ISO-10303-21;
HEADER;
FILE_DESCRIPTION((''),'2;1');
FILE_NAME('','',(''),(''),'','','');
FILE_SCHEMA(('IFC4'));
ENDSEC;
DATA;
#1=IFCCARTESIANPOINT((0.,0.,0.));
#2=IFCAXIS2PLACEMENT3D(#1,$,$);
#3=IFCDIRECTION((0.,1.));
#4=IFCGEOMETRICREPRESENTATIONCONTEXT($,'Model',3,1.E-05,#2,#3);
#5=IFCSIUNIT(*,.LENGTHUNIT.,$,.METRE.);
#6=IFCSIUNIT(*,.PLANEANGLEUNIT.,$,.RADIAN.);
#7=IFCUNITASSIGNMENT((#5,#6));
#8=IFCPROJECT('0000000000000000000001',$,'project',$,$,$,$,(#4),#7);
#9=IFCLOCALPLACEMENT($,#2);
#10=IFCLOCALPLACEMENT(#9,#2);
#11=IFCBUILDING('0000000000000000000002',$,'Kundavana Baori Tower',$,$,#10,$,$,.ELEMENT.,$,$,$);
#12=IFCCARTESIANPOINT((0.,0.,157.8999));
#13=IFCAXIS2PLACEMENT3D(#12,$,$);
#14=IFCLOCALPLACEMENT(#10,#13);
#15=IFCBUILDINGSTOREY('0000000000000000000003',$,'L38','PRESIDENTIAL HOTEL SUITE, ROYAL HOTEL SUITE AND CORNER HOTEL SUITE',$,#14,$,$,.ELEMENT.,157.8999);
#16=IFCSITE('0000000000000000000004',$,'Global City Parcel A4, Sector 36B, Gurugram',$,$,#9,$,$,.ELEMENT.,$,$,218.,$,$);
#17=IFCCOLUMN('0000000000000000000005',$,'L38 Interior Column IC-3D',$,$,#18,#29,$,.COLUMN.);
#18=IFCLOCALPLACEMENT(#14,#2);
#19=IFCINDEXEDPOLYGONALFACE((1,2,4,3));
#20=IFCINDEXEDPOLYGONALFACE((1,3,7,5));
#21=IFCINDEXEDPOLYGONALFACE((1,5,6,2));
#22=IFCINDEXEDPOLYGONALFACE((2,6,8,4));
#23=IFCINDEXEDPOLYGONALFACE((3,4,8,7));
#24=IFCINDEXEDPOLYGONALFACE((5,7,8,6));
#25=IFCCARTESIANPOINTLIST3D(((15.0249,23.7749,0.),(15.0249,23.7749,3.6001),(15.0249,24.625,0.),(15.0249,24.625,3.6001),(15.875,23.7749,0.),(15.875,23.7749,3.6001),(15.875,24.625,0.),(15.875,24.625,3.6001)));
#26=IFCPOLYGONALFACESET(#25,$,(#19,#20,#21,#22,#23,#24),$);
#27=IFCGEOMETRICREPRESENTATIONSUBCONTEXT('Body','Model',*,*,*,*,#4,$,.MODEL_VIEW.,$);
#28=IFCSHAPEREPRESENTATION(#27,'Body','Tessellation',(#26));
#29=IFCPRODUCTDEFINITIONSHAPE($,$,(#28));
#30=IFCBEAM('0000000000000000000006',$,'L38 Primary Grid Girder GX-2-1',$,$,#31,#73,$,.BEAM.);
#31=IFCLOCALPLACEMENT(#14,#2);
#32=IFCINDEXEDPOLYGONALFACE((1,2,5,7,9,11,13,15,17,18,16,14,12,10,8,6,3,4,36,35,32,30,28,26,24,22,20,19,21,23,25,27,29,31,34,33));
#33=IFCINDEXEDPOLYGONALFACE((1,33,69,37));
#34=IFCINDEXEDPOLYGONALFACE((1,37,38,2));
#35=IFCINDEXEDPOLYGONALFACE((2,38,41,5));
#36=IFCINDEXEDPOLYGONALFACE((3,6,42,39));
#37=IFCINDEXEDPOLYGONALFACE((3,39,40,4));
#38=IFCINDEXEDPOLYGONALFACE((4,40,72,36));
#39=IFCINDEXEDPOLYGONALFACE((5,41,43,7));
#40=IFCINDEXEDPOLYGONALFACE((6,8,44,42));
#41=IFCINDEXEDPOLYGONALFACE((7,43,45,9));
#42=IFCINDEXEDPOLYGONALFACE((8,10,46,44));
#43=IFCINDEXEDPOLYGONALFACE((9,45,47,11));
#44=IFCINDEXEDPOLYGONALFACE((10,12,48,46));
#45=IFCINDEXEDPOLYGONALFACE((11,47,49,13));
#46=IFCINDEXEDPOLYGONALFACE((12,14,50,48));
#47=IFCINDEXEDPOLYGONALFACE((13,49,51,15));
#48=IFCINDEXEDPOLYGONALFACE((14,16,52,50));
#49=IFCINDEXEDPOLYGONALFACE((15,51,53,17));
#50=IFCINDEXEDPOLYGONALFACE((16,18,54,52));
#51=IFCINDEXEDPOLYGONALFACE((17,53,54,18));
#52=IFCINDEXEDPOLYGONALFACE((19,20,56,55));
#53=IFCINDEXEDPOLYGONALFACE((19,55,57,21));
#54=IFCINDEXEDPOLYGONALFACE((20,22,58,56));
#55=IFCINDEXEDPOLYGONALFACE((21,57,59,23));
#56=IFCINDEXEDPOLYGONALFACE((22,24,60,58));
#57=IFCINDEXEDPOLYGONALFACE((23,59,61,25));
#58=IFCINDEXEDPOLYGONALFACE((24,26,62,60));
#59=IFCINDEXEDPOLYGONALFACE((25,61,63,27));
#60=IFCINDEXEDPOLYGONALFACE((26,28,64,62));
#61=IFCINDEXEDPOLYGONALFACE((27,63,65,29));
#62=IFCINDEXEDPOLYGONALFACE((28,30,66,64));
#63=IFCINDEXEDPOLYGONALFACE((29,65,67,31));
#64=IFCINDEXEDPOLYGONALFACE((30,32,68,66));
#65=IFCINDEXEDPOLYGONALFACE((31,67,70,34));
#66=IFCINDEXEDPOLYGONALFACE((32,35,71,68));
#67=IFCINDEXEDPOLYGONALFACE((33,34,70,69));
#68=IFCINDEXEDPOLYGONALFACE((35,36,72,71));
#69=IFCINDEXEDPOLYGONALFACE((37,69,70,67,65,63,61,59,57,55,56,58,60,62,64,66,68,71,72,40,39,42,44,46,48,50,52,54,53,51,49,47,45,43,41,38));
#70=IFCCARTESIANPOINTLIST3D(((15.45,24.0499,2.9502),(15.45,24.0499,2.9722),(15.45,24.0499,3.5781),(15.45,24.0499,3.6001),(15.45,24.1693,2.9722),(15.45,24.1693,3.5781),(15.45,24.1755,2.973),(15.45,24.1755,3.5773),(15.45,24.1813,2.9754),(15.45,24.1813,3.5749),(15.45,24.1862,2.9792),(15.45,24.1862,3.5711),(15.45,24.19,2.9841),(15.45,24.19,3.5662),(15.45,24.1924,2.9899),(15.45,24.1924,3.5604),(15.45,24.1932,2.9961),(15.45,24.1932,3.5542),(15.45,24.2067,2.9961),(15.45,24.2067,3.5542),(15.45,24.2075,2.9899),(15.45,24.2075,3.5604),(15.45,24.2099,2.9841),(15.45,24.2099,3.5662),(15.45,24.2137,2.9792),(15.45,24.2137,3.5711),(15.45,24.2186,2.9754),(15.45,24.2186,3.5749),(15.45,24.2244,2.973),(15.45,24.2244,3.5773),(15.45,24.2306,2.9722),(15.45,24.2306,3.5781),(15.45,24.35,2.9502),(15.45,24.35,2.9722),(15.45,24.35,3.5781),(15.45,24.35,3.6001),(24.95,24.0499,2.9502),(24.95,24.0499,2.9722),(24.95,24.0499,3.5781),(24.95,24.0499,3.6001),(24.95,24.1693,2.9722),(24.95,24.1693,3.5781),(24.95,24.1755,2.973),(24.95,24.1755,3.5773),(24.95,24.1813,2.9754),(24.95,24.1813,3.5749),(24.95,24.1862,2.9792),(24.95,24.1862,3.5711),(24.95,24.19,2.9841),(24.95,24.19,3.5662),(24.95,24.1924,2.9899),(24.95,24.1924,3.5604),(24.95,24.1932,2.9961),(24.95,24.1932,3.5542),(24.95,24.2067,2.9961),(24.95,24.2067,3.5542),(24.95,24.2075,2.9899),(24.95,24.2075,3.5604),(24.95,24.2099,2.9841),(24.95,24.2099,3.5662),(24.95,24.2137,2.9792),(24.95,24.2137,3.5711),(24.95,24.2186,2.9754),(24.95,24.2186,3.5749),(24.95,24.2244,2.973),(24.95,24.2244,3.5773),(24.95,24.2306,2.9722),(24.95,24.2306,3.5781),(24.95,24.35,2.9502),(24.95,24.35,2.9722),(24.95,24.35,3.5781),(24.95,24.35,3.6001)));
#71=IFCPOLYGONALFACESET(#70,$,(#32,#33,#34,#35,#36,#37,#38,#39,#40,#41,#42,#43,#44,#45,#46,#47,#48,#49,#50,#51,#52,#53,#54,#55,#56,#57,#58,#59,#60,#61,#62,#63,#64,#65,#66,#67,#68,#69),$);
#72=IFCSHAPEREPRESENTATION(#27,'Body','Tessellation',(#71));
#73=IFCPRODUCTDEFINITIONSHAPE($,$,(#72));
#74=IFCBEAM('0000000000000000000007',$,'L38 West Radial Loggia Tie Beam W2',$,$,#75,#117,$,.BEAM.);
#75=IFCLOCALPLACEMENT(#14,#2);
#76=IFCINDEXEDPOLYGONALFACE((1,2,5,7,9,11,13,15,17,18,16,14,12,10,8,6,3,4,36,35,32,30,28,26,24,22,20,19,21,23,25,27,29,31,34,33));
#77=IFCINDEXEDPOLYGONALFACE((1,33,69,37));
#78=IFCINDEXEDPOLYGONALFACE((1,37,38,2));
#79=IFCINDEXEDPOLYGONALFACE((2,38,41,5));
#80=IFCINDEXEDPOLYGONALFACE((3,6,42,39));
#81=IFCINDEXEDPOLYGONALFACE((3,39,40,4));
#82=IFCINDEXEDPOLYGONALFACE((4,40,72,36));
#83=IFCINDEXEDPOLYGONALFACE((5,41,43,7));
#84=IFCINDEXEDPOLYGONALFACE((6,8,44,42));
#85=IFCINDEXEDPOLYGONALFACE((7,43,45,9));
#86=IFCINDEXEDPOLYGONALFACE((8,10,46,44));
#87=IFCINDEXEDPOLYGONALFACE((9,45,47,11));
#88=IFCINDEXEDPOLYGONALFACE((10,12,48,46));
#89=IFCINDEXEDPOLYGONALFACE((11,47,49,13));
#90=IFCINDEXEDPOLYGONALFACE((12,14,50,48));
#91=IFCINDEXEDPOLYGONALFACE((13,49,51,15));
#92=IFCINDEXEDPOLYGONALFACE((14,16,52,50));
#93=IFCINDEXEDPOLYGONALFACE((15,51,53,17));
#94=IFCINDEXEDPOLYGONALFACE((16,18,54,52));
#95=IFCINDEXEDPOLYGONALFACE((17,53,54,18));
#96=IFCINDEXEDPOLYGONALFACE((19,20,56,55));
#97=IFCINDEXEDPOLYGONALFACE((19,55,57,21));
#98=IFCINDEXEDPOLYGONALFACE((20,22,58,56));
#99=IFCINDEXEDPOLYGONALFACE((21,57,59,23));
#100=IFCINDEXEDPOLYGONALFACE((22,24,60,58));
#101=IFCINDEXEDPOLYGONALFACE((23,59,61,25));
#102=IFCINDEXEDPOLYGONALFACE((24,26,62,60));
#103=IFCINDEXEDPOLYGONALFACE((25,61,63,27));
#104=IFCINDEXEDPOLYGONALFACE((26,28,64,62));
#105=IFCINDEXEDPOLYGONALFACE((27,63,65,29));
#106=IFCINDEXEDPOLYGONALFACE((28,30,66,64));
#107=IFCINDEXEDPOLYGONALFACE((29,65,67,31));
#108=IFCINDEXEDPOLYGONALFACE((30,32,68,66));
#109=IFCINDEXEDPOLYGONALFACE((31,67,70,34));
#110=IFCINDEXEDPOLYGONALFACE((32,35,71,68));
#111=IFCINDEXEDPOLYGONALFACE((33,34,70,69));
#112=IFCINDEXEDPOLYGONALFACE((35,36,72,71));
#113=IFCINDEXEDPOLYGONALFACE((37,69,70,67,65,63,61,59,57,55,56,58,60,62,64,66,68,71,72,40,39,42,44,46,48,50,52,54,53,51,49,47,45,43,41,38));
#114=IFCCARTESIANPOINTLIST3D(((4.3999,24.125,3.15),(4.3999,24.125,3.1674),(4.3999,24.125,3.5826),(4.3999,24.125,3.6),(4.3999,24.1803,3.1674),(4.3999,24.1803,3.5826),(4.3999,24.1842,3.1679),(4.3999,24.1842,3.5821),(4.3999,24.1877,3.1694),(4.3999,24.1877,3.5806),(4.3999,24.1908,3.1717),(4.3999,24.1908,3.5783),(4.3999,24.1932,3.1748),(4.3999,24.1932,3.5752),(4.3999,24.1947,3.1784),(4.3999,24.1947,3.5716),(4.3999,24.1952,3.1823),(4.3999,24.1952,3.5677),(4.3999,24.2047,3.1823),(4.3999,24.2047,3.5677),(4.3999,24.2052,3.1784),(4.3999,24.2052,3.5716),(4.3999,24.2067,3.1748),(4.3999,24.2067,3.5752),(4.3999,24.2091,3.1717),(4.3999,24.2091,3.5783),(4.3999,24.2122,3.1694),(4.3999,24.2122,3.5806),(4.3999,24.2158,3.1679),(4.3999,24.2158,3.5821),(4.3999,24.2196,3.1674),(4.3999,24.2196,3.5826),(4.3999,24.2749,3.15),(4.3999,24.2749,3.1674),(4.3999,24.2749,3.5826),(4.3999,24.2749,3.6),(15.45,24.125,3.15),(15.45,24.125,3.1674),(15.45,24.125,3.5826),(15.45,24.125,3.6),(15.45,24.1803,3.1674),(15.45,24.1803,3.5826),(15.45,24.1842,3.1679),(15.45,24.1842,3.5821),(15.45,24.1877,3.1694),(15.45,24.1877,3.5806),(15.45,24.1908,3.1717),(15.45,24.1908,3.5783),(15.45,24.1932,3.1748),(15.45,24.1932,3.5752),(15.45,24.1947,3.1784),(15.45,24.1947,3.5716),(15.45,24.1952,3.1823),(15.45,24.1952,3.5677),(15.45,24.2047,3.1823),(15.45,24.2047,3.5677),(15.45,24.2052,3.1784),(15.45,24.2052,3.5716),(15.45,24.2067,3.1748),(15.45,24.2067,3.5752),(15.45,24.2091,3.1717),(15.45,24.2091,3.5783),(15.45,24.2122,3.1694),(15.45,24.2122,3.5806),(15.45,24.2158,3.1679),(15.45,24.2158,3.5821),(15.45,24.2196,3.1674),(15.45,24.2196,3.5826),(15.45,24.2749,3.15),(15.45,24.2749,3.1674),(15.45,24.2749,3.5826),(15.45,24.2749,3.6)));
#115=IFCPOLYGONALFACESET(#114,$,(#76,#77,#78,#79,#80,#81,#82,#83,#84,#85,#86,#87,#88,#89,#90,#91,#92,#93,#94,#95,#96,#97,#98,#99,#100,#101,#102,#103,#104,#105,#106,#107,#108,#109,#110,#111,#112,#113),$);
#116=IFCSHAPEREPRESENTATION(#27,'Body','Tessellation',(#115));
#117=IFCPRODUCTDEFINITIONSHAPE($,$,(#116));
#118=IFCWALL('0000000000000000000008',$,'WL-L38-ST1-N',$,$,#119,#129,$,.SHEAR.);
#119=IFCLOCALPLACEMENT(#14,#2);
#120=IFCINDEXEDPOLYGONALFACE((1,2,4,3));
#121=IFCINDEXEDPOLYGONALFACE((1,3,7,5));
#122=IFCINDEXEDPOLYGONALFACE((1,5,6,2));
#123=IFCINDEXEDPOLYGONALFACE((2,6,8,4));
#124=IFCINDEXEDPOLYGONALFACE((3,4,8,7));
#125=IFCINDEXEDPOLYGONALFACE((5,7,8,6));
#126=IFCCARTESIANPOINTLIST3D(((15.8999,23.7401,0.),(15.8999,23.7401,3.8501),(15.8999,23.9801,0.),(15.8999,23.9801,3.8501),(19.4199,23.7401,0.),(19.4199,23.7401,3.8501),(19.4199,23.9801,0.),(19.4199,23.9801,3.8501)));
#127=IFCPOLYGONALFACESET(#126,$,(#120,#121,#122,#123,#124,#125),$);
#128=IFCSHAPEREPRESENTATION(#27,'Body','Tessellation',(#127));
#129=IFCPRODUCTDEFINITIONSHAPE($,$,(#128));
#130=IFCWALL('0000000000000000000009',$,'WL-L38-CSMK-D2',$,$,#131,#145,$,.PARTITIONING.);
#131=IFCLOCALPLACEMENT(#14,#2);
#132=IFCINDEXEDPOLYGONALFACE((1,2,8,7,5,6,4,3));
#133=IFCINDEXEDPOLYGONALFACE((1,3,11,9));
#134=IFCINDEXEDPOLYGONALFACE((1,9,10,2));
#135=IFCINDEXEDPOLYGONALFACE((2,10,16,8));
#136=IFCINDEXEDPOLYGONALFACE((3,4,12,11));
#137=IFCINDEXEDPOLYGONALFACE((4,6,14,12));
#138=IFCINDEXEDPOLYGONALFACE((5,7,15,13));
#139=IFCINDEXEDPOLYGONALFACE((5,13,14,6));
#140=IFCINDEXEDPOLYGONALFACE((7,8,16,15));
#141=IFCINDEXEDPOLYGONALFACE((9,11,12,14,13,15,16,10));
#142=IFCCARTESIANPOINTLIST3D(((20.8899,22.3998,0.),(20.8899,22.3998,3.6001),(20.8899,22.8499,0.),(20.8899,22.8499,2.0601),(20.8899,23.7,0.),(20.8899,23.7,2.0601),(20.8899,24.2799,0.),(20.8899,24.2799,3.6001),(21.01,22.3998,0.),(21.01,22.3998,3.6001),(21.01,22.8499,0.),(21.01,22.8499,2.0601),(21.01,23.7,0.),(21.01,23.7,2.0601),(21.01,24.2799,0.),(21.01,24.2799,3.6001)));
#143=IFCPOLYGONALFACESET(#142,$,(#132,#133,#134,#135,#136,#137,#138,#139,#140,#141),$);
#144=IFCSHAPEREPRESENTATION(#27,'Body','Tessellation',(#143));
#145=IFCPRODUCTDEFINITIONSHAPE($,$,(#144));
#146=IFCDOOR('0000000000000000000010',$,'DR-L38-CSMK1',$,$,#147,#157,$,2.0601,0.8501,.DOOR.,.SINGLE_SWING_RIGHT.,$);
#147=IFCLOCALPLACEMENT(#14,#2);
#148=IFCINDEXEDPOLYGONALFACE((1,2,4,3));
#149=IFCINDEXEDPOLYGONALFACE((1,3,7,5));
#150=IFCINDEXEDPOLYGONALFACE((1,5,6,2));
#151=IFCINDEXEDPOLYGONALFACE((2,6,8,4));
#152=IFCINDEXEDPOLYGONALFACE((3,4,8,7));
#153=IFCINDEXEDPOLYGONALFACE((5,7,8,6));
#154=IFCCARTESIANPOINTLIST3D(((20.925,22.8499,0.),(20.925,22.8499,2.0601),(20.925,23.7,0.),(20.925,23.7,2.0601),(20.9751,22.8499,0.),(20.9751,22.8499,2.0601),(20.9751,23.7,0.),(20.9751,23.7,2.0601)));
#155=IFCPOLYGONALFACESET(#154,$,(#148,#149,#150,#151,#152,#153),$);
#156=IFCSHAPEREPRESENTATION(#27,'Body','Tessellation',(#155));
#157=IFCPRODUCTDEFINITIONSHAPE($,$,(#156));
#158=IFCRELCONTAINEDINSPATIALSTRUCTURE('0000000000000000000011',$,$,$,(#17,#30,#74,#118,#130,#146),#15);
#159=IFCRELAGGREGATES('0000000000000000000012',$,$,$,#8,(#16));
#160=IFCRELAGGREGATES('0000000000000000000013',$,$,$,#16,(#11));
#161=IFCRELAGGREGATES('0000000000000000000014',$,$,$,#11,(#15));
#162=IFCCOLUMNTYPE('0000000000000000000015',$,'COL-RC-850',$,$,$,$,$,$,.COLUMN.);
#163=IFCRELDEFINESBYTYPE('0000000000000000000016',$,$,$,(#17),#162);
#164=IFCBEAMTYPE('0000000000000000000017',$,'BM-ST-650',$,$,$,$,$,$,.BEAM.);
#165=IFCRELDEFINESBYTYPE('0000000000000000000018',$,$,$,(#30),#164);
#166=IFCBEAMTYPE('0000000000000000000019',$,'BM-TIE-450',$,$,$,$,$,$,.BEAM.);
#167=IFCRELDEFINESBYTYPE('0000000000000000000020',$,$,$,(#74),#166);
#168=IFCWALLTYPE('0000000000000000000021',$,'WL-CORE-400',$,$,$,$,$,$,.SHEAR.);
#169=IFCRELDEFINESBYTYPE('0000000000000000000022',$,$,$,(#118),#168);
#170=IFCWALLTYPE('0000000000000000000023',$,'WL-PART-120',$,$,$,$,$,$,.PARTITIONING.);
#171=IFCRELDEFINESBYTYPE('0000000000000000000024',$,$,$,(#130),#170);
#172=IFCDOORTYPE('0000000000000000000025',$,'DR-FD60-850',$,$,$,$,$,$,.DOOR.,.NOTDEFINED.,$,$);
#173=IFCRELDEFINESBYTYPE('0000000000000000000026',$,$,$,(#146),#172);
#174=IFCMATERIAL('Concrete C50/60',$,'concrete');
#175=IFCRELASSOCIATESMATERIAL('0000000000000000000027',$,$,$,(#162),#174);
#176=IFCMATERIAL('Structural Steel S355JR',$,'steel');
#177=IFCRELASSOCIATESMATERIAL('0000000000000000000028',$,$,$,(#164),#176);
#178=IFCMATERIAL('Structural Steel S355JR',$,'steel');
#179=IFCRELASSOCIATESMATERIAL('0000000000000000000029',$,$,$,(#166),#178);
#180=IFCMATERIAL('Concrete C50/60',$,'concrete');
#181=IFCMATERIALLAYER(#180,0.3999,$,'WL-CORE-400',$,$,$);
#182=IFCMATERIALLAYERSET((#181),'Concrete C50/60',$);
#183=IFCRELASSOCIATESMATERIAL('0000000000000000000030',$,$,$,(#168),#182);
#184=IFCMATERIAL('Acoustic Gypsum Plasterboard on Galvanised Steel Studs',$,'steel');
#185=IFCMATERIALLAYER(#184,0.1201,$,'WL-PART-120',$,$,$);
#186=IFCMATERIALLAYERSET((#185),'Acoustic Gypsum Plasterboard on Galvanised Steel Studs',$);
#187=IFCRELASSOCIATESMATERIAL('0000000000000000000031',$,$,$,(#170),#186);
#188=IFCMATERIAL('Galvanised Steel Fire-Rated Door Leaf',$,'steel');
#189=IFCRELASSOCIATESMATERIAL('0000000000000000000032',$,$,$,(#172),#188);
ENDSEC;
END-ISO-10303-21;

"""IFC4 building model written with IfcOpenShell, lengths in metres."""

from ifc_helpers import new_model, si_unit, direction, frame, frame_2d, origin, origin_2d, place, context, subcontext, project, spatial, rectangle, i_section, extrude, material, layer, layer_set, material_profile, profile_set, type_object, element, fill, save


model = new_model("IFC4")

# Units and contexts
model_context = context("Model", 3, precision=1e-05, world=origin(), true_north=direction((0.0, 1.0)))
body_context = subcontext(model_context, "Body", "Model", "MODEL_VIEW")
ifc_project = project(units=[si_unit("LENGTHUNIT", "METRE"), si_unit("PLANEANGLEUNIT", "RADIAN")], contexts=[model_context])

# Site, building, storey
site_placement = place(None, origin())
site = spatial("IfcSite", under=ifc_project, at=site_placement, Name="Global City Parcel A4, Sector 36B, Gurugram", CompositionType="ELEMENT", RefElevation=218.0)
building_placement = place(site_placement, origin())
building = spatial("IfcBuilding", under=site, at=building_placement, Name="Kundavana Baori Tower", CompositionType="ELEMENT")
storey_placement = place(building_placement, frame((0.0, 0.0, 157.8999)))
storey = spatial("IfcBuildingStorey", under=building, at=storey_placement, Name="L38", Description="PRESIDENTIAL HOTEL SUITE, ROYAL HOTEL SUITE AND CORNER HOTEL SUITE", CompositionType="ELEMENT", Elevation=157.8999)

# Column
ifc_material_1 = material(Name="Concrete C50/60", Category="concrete")
ifc_material_profile_1 = material_profile(ifc_material_1, rectangle(XDim=0.8501, YDim=0.8501, at=origin_2d()), Name="RC 850x850")
ifc_profile_set_1 = profile_set([ifc_material_profile_1], Name="Concrete C50/60")
column_type = type_object("IfcColumnType", Name="COL-RC-850", PredefinedType="COLUMN", material=ifc_profile_set_1)
column_placement = place(storey_placement, frame((15.45, 24.2, 0.0), z_axis=(0.0, 0.0, 1.0), x_axis=(1.0, 0.0, 0.0)))
element("IfcColumn", 1, at=column_placement, inside=storey, type_object=column_type, Name="L38 Interior Column IC-3D", PredefinedType="COLUMN", context=body_context, shape_type="SweptSolid", body=[
    extrude(rectangle(XDim=0.8501, YDim=0.8501, at=origin_2d()), origin(), (0.0, 0.0, 1.0), 3.6001),
])

# Beams
ifc_material_2 = material(Name="Structural Steel S355JR", Category="steel")
ifc_material_profile_2 = material_profile(ifc_material_2, i_section(OverallWidth=0.3, OverallDepth=0.6499, WebThickness=0.0134, FlangeThickness=0.022, FilletRadius=0.0239, at=origin_2d()), Name="NPB 650x300x155")
ifc_profile_set_2 = profile_set([ifc_material_profile_2], Name="Structural Steel S355JR")
beam_type_1 = type_object("IfcBeamType", Name="BM-ST-650", PredefinedType="BEAM", material=ifc_profile_set_2)
beam_1_placement = place(storey_placement, frame((15.45, 24.2, 3.2751), z_axis=(1.0, 0.0, 0.0), x_axis=(0.0, 1.0, 0.0)))
element("IfcBeam", 2, at=beam_1_placement, inside=storey, type_object=beam_type_1, Name="L38 Primary Grid Girder GX-2-1", PredefinedType="BEAM", context=body_context, shape_type="SweptSolid", body=[
    extrude(i_section(OverallWidth=0.3, OverallDepth=0.6499, WebThickness=0.0134, FlangeThickness=0.022, FilletRadius=0.0239, at=origin_2d()), origin(), (0.0, 0.0, 1.0), 9.5),
])
ifc_material_3 = material(Name="Structural Steel S355JR", Category="steel")
ifc_material_profile_3 = material_profile(ifc_material_3, i_section(OverallWidth=0.1499, OverallDepth=0.45, WebThickness=0.0095, FlangeThickness=0.0173, FilletRadius=0.0149, at=origin_2d()), Name="ISMB 450")
ifc_profile_set_3 = profile_set([ifc_material_profile_3], Name="Structural Steel S355JR")
beam_type_2 = type_object("IfcBeamType", Name="BM-TIE-450", PredefinedType="BEAM", material=ifc_profile_set_3)
beam_2_placement = place(storey_placement, frame((15.45, 24.2, 3.375), z_axis=(-1.0, 0.0, 0.0), x_axis=(0.0, -1.0, 0.0)))
element("IfcBeam", 3, at=beam_2_placement, inside=storey, type_object=beam_type_2, Name="L38 West Radial Loggia Tie Beam W2", PredefinedType="BEAM", context=body_context, shape_type="SweptSolid", body=[
    extrude(i_section(OverallWidth=0.1499, OverallDepth=0.45, WebThickness=0.0095, FlangeThickness=0.0173, FilletRadius=0.0149, at=origin_2d()), origin(), (0.0, 0.0, 1.0), 11.05),
])

# Wall
ifc_material_4 = material(Name="Concrete C50/60", Category="concrete")
ifc_layer_1 = layer(ifc_material_4, 0.3999, Name="WL-CORE-400")
ifc_layer_set_1 = layer_set([ifc_layer_1], Name="Concrete C50/60")
wall_type_1 = type_object("IfcWallType", Name="WL-CORE-400", PredefinedType="SHEAR", material=ifc_layer_set_1)
wall_1_placement = place(storey_placement, frame((15.8999, 23.8601, 0.0), z_axis=(0.0, 0.0, 1.0), x_axis=(1.0, 0.0, 0.0)))
element("IfcWall", 4, at=wall_1_placement, inside=storey, type_object=wall_type_1, Name="WL-L38-ST1-N", PredefinedType="SHEAR", context=body_context, shape_type="SweptSolid", body=[
    extrude(rectangle(XDim=3.52, YDim=0.24, at=frame_2d((1.76, 0.0))), origin(), (0.0, 0.0, 1.0), 3.8501),
])

# Wall, opening, door
ifc_material_5 = material(Name="Acoustic Gypsum Plasterboard on Galvanised Steel Studs", Category="steel")
ifc_layer_2 = layer(ifc_material_5, 0.1201, Name="WL-PART-120")
ifc_layer_set_2 = layer_set([ifc_layer_2], Name="Acoustic Gypsum Plasterboard on Galvanised Steel Studs")
wall_type_2 = type_object("IfcWallType", Name="WL-PART-120", PredefinedType="PARTITIONING", material=ifc_layer_set_2)
wall_2_placement = place(storey_placement, frame((20.95, 22.3999, 0.0), z_axis=(0.0, 0.0, 1.0), x_axis=(0.0, 1.0, 0.0)))
wall_2 = element("IfcWall", 5, at=wall_2_placement, inside=storey, type_object=wall_type_2, Name="WL-L38-CSMK-D2", PredefinedType="PARTITIONING", context=body_context, shape_type="SweptSolid", body=[
    extrude(rectangle(XDim=1.8801, YDim=0.1201, at=frame_2d((0.9399, 0.0))), origin(), (0.0, 0.0, 1.0), 3.6001),
])
opening_1_placement = place(wall_2_placement, frame((0.45, 0.0, 0.0)))
opening_1 = element("IfcOpeningElement", 6, at=opening_1_placement, cuts=wall_2, PredefinedType="OPENING", context=body_context, shape_type="SweptSolid", body=[
    extrude(rectangle(XDim=0.8501, YDim=2.0601, at=frame_2d((0.425, 1.03))), frame((0.0, 0.0701, 0.0), z_axis=(0.0, -1.0, 0.0), x_axis=(1.0, 0.0, 0.0)), (0.0, 0.0, 1.0), 0.1401),
])
ifc_material_6 = material(Name="Galvanised Steel Fire-Rated Door Leaf", Category="steel")
door_type_1 = type_object("IfcDoorType", Name="DR-FD60-850", OperationType="NOTDEFINED", PredefinedType="DOOR", material=ifc_material_6)
door_1_placement = place(opening_1_placement, origin())
door_1 = element("IfcDoor", 7, at=door_1_placement, inside=storey, type_object=door_type_1, Name="DR-L38-CSMK1", OperationType="SINGLE_SWING_RIGHT", OverallHeight=2.0601, OverallWidth=0.8501, PredefinedType="DOOR", context=body_context, shape_type="SweptSolid", body=[
    extrude(rectangle(XDim=0.8501, YDim=2.0601, at=frame_2d((0.425, 1.03))), frame((0.0, 0.0249, 0.0), z_axis=(0.0, -1.0, 0.0), x_axis=(1.0, 0.0, 0.0)), (0.0, 0.0, 1.0), 0.05),
])
fill(opening_1, door_1)

save(model, "model.ifc")
